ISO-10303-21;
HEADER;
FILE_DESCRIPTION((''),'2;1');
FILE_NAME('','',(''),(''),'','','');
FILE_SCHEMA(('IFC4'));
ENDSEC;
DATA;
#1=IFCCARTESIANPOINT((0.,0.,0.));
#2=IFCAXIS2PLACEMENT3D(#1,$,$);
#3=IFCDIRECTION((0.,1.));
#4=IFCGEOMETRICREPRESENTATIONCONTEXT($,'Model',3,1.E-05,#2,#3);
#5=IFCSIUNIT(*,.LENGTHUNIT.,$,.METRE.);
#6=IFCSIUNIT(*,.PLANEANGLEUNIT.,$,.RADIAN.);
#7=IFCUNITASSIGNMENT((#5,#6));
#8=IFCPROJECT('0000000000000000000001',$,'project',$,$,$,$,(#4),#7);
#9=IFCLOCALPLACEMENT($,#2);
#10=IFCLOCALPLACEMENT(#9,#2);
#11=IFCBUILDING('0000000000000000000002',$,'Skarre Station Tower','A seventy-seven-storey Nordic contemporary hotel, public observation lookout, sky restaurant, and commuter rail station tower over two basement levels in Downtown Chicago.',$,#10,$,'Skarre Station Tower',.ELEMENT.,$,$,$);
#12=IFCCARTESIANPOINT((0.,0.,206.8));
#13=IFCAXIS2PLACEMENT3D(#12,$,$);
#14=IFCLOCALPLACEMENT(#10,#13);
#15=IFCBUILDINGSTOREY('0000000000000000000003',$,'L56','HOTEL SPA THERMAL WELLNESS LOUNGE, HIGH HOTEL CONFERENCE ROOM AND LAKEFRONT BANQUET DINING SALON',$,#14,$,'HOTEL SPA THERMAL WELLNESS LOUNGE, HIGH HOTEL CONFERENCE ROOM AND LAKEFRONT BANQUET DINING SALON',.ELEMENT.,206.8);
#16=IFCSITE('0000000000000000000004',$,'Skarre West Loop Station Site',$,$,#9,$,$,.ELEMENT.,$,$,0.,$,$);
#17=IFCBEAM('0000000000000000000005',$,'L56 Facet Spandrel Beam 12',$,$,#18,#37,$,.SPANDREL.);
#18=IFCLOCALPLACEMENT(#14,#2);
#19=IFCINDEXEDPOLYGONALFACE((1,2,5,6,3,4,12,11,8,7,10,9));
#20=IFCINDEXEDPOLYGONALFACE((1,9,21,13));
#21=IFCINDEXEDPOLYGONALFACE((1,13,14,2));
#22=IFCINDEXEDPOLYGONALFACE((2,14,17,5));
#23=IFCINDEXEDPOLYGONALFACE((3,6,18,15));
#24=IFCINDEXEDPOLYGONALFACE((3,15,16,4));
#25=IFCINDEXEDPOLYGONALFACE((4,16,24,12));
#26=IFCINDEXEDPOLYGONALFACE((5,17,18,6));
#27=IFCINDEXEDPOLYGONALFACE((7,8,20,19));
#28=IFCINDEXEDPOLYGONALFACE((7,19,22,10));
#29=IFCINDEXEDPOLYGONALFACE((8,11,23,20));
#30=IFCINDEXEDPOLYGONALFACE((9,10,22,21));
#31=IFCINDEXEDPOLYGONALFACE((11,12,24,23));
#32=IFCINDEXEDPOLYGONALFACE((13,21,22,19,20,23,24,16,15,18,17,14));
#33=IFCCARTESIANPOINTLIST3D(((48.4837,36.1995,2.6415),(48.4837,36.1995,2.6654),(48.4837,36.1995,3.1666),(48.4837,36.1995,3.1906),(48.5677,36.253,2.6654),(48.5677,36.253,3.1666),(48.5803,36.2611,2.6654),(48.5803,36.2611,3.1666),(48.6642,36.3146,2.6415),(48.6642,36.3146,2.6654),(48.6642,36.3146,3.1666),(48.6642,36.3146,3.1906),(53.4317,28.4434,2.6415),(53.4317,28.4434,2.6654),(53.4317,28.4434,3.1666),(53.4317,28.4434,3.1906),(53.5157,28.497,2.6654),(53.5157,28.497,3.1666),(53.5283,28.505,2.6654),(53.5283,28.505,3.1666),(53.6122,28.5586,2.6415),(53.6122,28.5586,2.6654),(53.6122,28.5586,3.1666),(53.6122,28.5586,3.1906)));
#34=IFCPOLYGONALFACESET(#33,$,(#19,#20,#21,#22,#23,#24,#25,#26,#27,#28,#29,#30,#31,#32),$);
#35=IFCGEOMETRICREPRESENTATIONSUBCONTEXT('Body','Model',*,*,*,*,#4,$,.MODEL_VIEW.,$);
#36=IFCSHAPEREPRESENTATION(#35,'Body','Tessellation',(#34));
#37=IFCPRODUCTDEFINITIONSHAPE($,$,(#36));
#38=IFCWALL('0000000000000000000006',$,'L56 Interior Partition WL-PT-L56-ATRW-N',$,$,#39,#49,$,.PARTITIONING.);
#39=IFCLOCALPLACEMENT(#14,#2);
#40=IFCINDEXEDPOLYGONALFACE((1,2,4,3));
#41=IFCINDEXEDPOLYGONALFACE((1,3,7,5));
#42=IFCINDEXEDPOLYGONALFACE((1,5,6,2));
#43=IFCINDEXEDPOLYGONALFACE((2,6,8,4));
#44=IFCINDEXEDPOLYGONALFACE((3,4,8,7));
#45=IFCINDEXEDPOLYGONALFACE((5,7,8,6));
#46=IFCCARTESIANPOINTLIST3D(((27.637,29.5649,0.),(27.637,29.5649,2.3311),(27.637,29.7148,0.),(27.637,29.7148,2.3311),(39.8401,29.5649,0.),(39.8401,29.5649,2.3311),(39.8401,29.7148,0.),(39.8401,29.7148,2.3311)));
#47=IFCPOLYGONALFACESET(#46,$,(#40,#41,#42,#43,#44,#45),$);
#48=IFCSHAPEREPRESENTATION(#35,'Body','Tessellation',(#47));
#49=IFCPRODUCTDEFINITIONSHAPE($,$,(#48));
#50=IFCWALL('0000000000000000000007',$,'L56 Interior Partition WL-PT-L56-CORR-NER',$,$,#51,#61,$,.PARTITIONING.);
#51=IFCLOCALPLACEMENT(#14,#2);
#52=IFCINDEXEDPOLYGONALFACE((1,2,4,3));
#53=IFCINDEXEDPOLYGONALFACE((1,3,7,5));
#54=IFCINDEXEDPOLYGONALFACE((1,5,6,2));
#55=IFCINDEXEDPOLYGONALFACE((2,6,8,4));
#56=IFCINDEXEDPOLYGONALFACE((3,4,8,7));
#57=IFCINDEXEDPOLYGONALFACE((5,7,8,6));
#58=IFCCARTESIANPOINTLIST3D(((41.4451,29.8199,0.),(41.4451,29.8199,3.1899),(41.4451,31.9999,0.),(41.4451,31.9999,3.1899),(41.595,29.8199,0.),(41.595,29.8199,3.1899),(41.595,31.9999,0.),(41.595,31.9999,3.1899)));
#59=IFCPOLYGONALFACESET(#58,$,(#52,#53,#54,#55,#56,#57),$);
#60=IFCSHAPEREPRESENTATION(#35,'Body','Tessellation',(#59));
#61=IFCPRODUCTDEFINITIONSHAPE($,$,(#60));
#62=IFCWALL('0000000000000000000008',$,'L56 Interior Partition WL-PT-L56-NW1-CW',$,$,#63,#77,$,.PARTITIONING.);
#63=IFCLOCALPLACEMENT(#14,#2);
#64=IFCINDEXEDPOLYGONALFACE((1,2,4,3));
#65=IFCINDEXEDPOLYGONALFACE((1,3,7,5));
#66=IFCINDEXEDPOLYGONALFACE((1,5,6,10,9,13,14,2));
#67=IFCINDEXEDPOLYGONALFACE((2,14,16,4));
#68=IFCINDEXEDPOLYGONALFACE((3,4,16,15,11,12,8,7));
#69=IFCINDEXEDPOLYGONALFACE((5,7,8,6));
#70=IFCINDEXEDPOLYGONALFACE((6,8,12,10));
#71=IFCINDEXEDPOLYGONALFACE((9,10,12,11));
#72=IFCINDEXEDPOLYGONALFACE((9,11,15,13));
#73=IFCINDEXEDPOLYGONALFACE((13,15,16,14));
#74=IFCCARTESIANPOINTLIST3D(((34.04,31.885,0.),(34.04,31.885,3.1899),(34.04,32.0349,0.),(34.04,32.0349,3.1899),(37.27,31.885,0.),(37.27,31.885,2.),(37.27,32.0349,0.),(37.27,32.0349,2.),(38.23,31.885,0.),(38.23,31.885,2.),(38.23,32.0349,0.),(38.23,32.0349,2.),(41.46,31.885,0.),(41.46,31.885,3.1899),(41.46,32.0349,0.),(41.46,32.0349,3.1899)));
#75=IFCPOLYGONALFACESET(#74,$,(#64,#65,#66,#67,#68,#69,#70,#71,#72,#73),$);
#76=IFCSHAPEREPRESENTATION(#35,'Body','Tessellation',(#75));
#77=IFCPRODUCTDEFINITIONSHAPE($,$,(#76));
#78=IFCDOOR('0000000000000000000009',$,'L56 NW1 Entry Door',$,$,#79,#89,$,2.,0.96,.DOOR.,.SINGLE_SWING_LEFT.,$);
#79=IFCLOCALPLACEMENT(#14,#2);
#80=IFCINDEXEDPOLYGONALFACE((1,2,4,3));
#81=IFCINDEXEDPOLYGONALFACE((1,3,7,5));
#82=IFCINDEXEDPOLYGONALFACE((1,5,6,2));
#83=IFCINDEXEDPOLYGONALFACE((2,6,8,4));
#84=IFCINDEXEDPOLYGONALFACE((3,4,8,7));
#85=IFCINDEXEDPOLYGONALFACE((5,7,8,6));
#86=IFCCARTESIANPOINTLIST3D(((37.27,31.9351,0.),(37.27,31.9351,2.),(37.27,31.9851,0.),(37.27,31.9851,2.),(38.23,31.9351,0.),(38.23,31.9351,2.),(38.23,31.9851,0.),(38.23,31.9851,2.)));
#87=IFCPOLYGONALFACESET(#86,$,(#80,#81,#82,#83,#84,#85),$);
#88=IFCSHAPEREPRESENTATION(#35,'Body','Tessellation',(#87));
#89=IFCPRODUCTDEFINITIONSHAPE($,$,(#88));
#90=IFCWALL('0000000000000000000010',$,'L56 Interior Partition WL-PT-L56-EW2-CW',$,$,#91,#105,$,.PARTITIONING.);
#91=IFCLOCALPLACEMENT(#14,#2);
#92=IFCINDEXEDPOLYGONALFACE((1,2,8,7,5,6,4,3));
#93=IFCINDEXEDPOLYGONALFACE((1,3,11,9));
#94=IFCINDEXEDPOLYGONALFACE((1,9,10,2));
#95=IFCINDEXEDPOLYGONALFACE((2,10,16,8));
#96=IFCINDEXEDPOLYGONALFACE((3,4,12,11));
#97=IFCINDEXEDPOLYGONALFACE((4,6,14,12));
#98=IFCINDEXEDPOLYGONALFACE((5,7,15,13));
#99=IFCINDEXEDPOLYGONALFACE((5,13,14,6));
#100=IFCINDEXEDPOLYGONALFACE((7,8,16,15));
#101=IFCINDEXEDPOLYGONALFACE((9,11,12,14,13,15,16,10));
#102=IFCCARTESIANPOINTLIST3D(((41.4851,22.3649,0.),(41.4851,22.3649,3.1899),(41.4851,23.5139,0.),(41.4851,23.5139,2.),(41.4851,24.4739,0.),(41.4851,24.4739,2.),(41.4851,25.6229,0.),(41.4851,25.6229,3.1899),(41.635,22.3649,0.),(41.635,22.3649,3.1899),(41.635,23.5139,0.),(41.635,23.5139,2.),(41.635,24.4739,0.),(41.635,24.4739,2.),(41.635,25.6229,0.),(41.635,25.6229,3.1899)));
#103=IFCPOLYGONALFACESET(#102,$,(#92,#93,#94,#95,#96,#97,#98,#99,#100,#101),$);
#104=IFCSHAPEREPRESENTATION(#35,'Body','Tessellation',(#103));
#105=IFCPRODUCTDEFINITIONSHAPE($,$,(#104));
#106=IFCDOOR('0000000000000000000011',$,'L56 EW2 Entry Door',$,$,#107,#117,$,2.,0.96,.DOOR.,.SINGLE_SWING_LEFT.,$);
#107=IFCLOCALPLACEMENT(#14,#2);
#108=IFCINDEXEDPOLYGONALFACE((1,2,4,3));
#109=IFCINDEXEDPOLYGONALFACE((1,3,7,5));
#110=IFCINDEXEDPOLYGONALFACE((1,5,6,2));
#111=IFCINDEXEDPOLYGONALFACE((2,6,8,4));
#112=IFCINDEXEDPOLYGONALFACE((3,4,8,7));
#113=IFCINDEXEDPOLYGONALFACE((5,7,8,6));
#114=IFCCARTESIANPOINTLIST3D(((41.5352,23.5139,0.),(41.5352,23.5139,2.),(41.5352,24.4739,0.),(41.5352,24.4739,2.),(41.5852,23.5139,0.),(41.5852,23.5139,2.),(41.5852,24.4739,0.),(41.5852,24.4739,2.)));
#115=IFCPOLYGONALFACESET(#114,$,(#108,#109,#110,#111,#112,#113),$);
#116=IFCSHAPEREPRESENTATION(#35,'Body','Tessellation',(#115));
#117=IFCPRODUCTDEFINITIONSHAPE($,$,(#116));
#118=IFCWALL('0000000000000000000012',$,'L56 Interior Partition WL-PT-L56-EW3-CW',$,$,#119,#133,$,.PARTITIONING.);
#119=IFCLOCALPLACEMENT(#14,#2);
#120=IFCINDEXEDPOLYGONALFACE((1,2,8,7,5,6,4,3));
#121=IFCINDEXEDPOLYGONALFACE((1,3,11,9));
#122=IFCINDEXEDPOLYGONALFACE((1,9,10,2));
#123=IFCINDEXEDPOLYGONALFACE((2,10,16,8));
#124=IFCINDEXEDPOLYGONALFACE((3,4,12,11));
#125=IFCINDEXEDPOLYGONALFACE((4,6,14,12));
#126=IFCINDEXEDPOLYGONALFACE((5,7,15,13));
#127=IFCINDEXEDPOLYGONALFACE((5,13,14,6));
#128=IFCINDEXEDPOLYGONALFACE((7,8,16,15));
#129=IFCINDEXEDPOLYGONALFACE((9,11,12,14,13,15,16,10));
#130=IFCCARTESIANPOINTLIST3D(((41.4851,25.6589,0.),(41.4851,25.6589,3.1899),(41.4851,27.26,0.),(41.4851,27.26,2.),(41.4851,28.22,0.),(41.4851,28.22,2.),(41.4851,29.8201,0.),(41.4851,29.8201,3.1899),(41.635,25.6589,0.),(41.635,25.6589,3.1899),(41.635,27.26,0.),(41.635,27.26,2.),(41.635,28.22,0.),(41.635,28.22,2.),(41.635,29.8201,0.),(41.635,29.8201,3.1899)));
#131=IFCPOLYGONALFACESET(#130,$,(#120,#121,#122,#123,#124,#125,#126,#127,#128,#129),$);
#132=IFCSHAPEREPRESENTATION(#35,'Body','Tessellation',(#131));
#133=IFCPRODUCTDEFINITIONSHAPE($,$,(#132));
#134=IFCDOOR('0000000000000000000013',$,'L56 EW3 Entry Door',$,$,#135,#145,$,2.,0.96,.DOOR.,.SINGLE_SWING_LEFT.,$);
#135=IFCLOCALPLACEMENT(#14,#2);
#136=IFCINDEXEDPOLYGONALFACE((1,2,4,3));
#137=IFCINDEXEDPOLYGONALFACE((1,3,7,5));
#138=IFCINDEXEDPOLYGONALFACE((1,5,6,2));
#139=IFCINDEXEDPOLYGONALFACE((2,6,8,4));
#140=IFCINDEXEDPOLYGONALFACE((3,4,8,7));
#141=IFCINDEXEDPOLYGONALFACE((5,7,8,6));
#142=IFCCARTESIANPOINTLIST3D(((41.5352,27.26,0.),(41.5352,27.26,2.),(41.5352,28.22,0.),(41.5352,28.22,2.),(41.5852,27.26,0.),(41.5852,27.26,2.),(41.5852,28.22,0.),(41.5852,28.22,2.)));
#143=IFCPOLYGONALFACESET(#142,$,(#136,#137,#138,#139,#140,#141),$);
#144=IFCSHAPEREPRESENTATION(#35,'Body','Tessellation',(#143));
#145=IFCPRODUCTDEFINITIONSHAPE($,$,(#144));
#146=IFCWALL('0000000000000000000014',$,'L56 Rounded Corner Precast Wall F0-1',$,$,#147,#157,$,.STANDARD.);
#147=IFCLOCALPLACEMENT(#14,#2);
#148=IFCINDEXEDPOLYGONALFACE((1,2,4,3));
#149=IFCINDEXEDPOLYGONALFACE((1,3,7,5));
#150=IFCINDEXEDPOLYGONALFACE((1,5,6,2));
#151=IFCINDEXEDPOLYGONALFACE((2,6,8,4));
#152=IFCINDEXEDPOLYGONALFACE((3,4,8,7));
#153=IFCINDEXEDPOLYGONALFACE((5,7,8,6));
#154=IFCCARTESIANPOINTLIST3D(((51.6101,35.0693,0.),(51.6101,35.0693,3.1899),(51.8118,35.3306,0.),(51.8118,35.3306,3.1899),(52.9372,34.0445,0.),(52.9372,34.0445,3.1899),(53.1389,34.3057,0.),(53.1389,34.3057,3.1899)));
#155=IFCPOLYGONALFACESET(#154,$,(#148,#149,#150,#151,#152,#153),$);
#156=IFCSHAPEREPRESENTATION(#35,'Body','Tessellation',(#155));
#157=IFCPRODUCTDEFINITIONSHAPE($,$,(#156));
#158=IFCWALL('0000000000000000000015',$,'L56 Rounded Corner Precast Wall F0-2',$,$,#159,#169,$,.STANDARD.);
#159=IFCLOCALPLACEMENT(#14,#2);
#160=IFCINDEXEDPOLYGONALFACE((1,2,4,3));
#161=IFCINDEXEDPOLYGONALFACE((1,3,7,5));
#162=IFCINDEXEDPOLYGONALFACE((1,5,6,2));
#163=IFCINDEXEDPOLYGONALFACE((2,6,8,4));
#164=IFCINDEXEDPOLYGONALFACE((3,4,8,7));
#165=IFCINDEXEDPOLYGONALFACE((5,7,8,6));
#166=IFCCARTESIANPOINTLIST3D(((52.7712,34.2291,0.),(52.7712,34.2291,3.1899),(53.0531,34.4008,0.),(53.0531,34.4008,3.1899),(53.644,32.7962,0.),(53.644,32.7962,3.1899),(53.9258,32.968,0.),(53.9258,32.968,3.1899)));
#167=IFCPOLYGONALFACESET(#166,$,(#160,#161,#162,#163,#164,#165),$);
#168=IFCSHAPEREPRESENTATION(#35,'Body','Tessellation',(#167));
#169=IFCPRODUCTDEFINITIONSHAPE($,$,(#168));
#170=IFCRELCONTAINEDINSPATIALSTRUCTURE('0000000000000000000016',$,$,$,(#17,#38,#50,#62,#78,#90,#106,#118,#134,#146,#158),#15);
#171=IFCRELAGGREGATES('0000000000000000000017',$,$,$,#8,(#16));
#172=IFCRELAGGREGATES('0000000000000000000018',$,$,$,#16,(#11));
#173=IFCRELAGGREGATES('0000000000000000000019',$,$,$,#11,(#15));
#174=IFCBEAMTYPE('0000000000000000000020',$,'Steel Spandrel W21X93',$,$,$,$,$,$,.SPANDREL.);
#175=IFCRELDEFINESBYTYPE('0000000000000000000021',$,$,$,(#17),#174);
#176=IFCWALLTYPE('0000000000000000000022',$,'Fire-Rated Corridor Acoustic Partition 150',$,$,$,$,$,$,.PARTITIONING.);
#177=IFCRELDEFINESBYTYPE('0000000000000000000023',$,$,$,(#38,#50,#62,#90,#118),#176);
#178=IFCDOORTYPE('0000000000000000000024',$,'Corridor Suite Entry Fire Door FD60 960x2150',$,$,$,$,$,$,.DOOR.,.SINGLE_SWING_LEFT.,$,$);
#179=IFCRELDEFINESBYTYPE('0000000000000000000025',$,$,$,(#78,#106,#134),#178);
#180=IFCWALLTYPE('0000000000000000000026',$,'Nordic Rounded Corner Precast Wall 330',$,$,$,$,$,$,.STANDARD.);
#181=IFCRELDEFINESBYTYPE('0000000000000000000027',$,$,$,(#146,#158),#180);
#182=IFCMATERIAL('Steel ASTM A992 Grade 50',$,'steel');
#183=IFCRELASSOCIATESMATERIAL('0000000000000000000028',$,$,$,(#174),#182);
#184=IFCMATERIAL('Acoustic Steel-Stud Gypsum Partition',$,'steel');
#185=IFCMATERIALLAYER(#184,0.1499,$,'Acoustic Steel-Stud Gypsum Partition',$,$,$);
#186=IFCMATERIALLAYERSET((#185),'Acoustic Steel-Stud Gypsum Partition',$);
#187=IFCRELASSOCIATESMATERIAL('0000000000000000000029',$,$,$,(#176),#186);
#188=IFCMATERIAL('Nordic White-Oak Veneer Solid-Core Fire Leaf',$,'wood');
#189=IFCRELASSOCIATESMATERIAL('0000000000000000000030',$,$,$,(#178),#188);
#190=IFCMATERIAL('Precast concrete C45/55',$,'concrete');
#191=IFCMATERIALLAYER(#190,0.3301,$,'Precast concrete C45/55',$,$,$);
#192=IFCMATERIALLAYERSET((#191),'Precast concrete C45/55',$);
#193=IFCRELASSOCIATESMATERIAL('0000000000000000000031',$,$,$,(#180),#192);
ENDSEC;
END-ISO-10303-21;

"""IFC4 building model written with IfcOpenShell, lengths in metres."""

from ifc_helpers import new_model, si_unit, direction, frame, frame_2d, origin, origin_2d, place, context, subcontext, project, spatial, rectangle, i_section, extrude, material, layer, layer_set, material_profile, profile_set, type_object, element, fill, save


model = new_model("IFC4")

# Units and contexts
model_context = context("Model", 3, precision=1e-05, world=origin(), true_north=direction((0.0, 1.0)))
body_context = subcontext(model_context, "Body", "Model", "MODEL_VIEW")
ifc_project = project(units=[si_unit("LENGTHUNIT", "METRE"), si_unit("PLANEANGLEUNIT", "RADIAN")], contexts=[model_context])

# Site, building, storey
site_placement = place(None, origin())
site = spatial("IfcSite", under=ifc_project, at=site_placement, Name="Skarre West Loop Station Site", CompositionType="ELEMENT", RefElevation=0.0)
building_placement = place(site_placement, origin())
building = spatial("IfcBuilding", under=site, at=building_placement, Name="Skarre Station Tower", Description="A seventy-seven-storey Nordic contemporary hotel, public observation lookout, sky restaurant, and commuter rail station tower over two basement levels in Downtown Chicago.", LongName="Skarre Station Tower", CompositionType="ELEMENT")
storey_placement = place(building_placement, frame((0.0, 0.0, 206.8)))
storey = spatial("IfcBuildingStorey", under=building, at=storey_placement, Name="L56", Description="HOTEL SPA THERMAL WELLNESS LOUNGE, HIGH HOTEL CONFERENCE ROOM AND LAKEFRONT BANQUET DINING SALON", LongName="HOTEL SPA THERMAL WELLNESS LOUNGE, HIGH HOTEL CONFERENCE ROOM AND LAKEFRONT BANQUET DINING SALON", CompositionType="ELEMENT", Elevation=206.8)

# Beam
ifc_material_1 = material(Name="Steel ASTM A992 Grade 50", Category="steel")
ifc_material_profile_1 = material_profile(ifc_material_1, i_section(OverallWidth=0.2141, OverallDepth=0.5491, WebThickness=0.0149, FlangeThickness=0.0239, at=origin_2d()), Name="Steel ASTM A992 Grade 50")
ifc_profile_set_1 = profile_set([ifc_material_profile_1], Name="Steel ASTM A992 Grade 50")
beam_type_1 = type_object("IfcBeamType", Name="Steel Spandrel W21X93", PredefinedType="SPANDREL", material=ifc_profile_set_1)
beam_1_placement = place(storey_placement, frame((53.522, 28.501, 2.916), z_axis=(-0.537826, 0.843056, 0.0), x_axis=(-0.843056, -0.537826, 0.0)))
element("IfcBeam", 1, at=beam_1_placement, inside=storey, type_object=beam_type_1, Name="L56 Facet Spandrel Beam 12", PredefinedType="SPANDREL", context=body_context, shape_type="SweptSolid", body=[
    extrude(i_section(OverallWidth=0.2141, OverallDepth=0.5491, WebThickness=0.0149, FlangeThickness=0.0239, at=origin_2d()), origin(), (0.0, 0.0, 1.0), 9.2),
])

# Walls
ifc_material_2 = material(Name="Acoustic Steel-Stud Gypsum Partition", Category="steel")
ifc_layer_1 = layer(ifc_material_2, 0.1499, Name="Acoustic Steel-Stud Gypsum Partition")
ifc_layer_set_1 = layer_set([ifc_layer_1], Name="Acoustic Steel-Stud Gypsum Partition")
wall_type_1 = type_object("IfcWallType", Name="Fire-Rated Corridor Acoustic Partition 150", PredefinedType="PARTITIONING", material=ifc_layer_set_1)
wall_1_placement = place(storey_placement, frame((39.8401, 29.6399, 0.0), z_axis=(0.0, 0.0, 1.0), x_axis=(-1.0, 0.0, 0.0)))
element("IfcWall", 2, at=wall_1_placement, inside=storey, type_object=wall_type_1, Name="L56 Interior Partition WL-PT-L56-ATRW-N", PredefinedType="PARTITIONING", context=body_context, shape_type="SweptSolid", body=[
    extrude(rectangle(XDim=12.2031, YDim=0.1499, at=frame_2d((6.1016, 0.0))), origin(), (0.0, 0.0, 1.0), 2.3311),
])
wall_2_placement = place(storey_placement, frame((41.52, 29.8201, 0.0), z_axis=(0.0, 0.0, 1.0), x_axis=(0.0, 1.0, 0.0)))
element("IfcWall", 3, at=wall_2_placement, inside=storey, type_object=wall_type_1, Name="L56 Interior Partition WL-PT-L56-CORR-NER", PredefinedType="PARTITIONING", context=body_context, shape_type="SweptSolid", body=[
    extrude(rectangle(XDim=2.1799, YDim=0.1499, at=frame_2d((1.0898, 0.0))), origin(), (0.0, 0.0, 1.0), 3.1899),
])

# Walls, openings, doors
wall_3_placement = place(storey_placement, frame((41.46, 31.96, 0.0), z_axis=(0.0, 0.0, 1.0), x_axis=(-1.0, 0.0, 0.0)))
wall_3 = element("IfcWall", 4, at=wall_3_placement, inside=storey, type_object=wall_type_1, Name="L56 Interior Partition WL-PT-L56-NW1-CW", PredefinedType="PARTITIONING", context=body_context, shape_type="SweptSolid", body=[
    extrude(rectangle(XDim=7.4199, YDim=0.1499, at=frame_2d((3.71, 0.0))), origin(), (0.0, 0.0, 1.0), 3.1899),
])
opening_1_placement = place(wall_3_placement, frame((3.23, 0.0, 0.0)))
opening_1 = element("IfcOpeningElement", 5, at=opening_1_placement, cuts=wall_3, PredefinedType="OPENING", context=body_context, shape_type="SweptSolid", body=[
    extrude(rectangle(XDim=0.96, YDim=2.0, at=frame_2d((0.48, 1.0))), frame((0.0, 0.085, 0.0), z_axis=(0.0, -1.0, 0.0), x_axis=(1.0, 0.0, 0.0)), (0.0, 0.0, 1.0), 0.1699),
])
ifc_material_3 = material(Name="Nordic White-Oak Veneer Solid-Core Fire Leaf", Category="wood")
door_type = type_object("IfcDoorType", Name="Corridor Suite Entry Fire Door FD60 960x2150", OperationType="SINGLE_SWING_LEFT", PredefinedType="DOOR", material=ifc_material_3)
door_1_placement = place(opening_1_placement, origin())
door_1 = element("IfcDoor", 6, at=door_1_placement, inside=storey, type_object=door_type, Name="L56 NW1 Entry Door", OperationType="SINGLE_SWING_LEFT", OverallHeight=2.0, OverallWidth=0.96, PredefinedType="DOOR", context=body_context, shape_type="SweptSolid", body=[
    extrude(rectangle(XDim=0.96, YDim=2.0, at=frame_2d((0.48, 1.0))), frame((0.0, 0.0249, 0.0), z_axis=(0.0, -1.0, 0.0), x_axis=(1.0, 0.0, 0.0)), (0.0, 0.0, 1.0), 0.05),
])
fill(opening_1, door_1)
wall_4_placement = place(storey_placement, frame((41.5601, 22.365, 0.0), z_axis=(0.0, 0.0, 1.0), x_axis=(0.0, 1.0, 0.0)))
wall_4 = element("IfcWall", 7, at=wall_4_placement, inside=storey, type_object=wall_type_1, Name="L56 Interior Partition WL-PT-L56-EW2-CW", PredefinedType="PARTITIONING", context=body_context, shape_type="SweptSolid", body=[
    extrude(rectangle(XDim=3.2581, YDim=0.1499, at=frame_2d((1.6289, 0.0))), origin(), (0.0, 0.0, 1.0), 3.1899),
])
opening_2_placement = place(wall_4_placement, frame((1.1489, 0.0, 0.0)))
opening_2 = element("IfcOpeningElement", 8, at=opening_2_placement, cuts=wall_4, PredefinedType="OPENING", context=body_context, shape_type="SweptSolid", body=[
    extrude(rectangle(XDim=0.96, YDim=2.0, at=frame_2d((0.48, 1.0))), frame((0.0, 0.085, 0.0), z_axis=(0.0, -1.0, 0.0), x_axis=(1.0, 0.0, 0.0)), (0.0, 0.0, 1.0), 0.1699),
])
door_2_placement = place(opening_2_placement, origin())
door_2 = element("IfcDoor", 9, at=door_2_placement, inside=storey, type_object=door_type, Name="L56 EW2 Entry Door", OperationType="SINGLE_SWING_LEFT", OverallHeight=2.0, OverallWidth=0.96, PredefinedType="DOOR", context=body_context, shape_type="SweptSolid", body=[
    extrude(rectangle(XDim=0.96, YDim=2.0, at=frame_2d((0.48, 1.0))), frame((0.0, 0.0249, 0.0), z_axis=(0.0, -1.0, 0.0), x_axis=(1.0, 0.0, 0.0)), (0.0, 0.0, 1.0), 0.05),
])
fill(opening_2, door_2)
wall_5_placement = place(storey_placement, frame((41.5601, 25.6589, 0.0), z_axis=(0.0, 0.0, 1.0), x_axis=(0.0, 1.0, 0.0)))
wall_5 = element("IfcWall", 10, at=wall_5_placement, inside=storey, type_object=wall_type_1, Name="L56 Interior Partition WL-PT-L56-EW3-CW", PredefinedType="PARTITIONING", context=body_context, shape_type="SweptSolid", body=[
    extrude(rectangle(XDim=4.1611, YDim=0.1499, at=frame_2d((2.0806, 0.0))), origin(), (0.0, 0.0, 1.0), 3.1899),
])
opening_3_placement = place(wall_5_placement, frame((1.6011, 0.0, 0.0)))
opening_3 = element("IfcOpeningElement", 11, at=opening_3_placement, cuts=wall_5, PredefinedType="OPENING", context=body_context, shape_type="SweptSolid", body=[
    extrude(rectangle(XDim=0.96, YDim=2.0, at=frame_2d((0.48, 1.0))), frame((0.0, 0.085, 0.0), z_axis=(0.0, -1.0, 0.0), x_axis=(1.0, 0.0, 0.0)), (0.0, 0.0, 1.0), 0.1699),
])
door_3_placement = place(opening_3_placement, origin())
door_3 = element("IfcDoor", 12, at=door_3_placement, inside=storey, type_object=door_type, Name="L56 EW3 Entry Door", OperationType="SINGLE_SWING_LEFT", OverallHeight=2.0, OverallWidth=0.96, PredefinedType="DOOR", context=body_context, shape_type="SweptSolid", body=[
    extrude(rectangle(XDim=0.96, YDim=2.0, at=frame_2d((0.48, 1.0))), frame((0.0, 0.0249, 0.0), z_axis=(0.0, -1.0, 0.0), x_axis=(1.0, 0.0, 0.0)), (0.0, 0.0, 1.0), 0.05),
])
fill(opening_3, door_3)

# Walls
ifc_material_4 = material(Name="Precast concrete C45/55", Category="concrete")
ifc_layer_2 = layer(ifc_material_4, 0.3301, Name="Precast concrete C45/55")
ifc_layer_set_2 = layer_set([ifc_layer_2], Name="Precast concrete C45/55")
wall_type_2 = type_object("IfcWallType", Name="Nordic Rounded Corner Precast Wall 330", PredefinedType="STANDARD", material=ifc_layer_set_2)
wall_6_placement = place(storey_placement, frame((51.7109, 35.2, 0.0), z_axis=(0.0, 0.0, 1.0), x_axis=(0.791464, -0.611215, 0.0)))
element("IfcWall", 13, at=wall_6_placement, inside=storey, type_object=wall_type_2, Name="L56 Rounded Corner Precast Wall F0-1", PredefinedType="STANDARD", context=body_context, shape_type="SweptSolid", body=[
    extrude(rectangle(XDim=1.6768, YDim=0.3301, at=frame_2d((0.8384, 0.0))), origin(), (0.0, 0.0, 1.0), 3.1899),
])
wall_7_placement = place(storey_placement, frame((52.9121, 34.3149, 0.0), z_axis=(0.0, 0.0, 1.0), x_axis=(0.520219, -0.854033, 0.0)))
element("IfcWall", 14, at=wall_7_placement, inside=storey, type_object=wall_type_2, Name="L56 Rounded Corner Precast Wall F0-2", PredefinedType="STANDARD", context=body_context, shape_type="SweptSolid", body=[
    extrude(rectangle(XDim=1.6777, YDim=0.3301, at=frame_2d((0.8389, 0.0))), origin(), (0.0, 0.0, 1.0), 3.1899),
])

save(model, "model.ifc")
